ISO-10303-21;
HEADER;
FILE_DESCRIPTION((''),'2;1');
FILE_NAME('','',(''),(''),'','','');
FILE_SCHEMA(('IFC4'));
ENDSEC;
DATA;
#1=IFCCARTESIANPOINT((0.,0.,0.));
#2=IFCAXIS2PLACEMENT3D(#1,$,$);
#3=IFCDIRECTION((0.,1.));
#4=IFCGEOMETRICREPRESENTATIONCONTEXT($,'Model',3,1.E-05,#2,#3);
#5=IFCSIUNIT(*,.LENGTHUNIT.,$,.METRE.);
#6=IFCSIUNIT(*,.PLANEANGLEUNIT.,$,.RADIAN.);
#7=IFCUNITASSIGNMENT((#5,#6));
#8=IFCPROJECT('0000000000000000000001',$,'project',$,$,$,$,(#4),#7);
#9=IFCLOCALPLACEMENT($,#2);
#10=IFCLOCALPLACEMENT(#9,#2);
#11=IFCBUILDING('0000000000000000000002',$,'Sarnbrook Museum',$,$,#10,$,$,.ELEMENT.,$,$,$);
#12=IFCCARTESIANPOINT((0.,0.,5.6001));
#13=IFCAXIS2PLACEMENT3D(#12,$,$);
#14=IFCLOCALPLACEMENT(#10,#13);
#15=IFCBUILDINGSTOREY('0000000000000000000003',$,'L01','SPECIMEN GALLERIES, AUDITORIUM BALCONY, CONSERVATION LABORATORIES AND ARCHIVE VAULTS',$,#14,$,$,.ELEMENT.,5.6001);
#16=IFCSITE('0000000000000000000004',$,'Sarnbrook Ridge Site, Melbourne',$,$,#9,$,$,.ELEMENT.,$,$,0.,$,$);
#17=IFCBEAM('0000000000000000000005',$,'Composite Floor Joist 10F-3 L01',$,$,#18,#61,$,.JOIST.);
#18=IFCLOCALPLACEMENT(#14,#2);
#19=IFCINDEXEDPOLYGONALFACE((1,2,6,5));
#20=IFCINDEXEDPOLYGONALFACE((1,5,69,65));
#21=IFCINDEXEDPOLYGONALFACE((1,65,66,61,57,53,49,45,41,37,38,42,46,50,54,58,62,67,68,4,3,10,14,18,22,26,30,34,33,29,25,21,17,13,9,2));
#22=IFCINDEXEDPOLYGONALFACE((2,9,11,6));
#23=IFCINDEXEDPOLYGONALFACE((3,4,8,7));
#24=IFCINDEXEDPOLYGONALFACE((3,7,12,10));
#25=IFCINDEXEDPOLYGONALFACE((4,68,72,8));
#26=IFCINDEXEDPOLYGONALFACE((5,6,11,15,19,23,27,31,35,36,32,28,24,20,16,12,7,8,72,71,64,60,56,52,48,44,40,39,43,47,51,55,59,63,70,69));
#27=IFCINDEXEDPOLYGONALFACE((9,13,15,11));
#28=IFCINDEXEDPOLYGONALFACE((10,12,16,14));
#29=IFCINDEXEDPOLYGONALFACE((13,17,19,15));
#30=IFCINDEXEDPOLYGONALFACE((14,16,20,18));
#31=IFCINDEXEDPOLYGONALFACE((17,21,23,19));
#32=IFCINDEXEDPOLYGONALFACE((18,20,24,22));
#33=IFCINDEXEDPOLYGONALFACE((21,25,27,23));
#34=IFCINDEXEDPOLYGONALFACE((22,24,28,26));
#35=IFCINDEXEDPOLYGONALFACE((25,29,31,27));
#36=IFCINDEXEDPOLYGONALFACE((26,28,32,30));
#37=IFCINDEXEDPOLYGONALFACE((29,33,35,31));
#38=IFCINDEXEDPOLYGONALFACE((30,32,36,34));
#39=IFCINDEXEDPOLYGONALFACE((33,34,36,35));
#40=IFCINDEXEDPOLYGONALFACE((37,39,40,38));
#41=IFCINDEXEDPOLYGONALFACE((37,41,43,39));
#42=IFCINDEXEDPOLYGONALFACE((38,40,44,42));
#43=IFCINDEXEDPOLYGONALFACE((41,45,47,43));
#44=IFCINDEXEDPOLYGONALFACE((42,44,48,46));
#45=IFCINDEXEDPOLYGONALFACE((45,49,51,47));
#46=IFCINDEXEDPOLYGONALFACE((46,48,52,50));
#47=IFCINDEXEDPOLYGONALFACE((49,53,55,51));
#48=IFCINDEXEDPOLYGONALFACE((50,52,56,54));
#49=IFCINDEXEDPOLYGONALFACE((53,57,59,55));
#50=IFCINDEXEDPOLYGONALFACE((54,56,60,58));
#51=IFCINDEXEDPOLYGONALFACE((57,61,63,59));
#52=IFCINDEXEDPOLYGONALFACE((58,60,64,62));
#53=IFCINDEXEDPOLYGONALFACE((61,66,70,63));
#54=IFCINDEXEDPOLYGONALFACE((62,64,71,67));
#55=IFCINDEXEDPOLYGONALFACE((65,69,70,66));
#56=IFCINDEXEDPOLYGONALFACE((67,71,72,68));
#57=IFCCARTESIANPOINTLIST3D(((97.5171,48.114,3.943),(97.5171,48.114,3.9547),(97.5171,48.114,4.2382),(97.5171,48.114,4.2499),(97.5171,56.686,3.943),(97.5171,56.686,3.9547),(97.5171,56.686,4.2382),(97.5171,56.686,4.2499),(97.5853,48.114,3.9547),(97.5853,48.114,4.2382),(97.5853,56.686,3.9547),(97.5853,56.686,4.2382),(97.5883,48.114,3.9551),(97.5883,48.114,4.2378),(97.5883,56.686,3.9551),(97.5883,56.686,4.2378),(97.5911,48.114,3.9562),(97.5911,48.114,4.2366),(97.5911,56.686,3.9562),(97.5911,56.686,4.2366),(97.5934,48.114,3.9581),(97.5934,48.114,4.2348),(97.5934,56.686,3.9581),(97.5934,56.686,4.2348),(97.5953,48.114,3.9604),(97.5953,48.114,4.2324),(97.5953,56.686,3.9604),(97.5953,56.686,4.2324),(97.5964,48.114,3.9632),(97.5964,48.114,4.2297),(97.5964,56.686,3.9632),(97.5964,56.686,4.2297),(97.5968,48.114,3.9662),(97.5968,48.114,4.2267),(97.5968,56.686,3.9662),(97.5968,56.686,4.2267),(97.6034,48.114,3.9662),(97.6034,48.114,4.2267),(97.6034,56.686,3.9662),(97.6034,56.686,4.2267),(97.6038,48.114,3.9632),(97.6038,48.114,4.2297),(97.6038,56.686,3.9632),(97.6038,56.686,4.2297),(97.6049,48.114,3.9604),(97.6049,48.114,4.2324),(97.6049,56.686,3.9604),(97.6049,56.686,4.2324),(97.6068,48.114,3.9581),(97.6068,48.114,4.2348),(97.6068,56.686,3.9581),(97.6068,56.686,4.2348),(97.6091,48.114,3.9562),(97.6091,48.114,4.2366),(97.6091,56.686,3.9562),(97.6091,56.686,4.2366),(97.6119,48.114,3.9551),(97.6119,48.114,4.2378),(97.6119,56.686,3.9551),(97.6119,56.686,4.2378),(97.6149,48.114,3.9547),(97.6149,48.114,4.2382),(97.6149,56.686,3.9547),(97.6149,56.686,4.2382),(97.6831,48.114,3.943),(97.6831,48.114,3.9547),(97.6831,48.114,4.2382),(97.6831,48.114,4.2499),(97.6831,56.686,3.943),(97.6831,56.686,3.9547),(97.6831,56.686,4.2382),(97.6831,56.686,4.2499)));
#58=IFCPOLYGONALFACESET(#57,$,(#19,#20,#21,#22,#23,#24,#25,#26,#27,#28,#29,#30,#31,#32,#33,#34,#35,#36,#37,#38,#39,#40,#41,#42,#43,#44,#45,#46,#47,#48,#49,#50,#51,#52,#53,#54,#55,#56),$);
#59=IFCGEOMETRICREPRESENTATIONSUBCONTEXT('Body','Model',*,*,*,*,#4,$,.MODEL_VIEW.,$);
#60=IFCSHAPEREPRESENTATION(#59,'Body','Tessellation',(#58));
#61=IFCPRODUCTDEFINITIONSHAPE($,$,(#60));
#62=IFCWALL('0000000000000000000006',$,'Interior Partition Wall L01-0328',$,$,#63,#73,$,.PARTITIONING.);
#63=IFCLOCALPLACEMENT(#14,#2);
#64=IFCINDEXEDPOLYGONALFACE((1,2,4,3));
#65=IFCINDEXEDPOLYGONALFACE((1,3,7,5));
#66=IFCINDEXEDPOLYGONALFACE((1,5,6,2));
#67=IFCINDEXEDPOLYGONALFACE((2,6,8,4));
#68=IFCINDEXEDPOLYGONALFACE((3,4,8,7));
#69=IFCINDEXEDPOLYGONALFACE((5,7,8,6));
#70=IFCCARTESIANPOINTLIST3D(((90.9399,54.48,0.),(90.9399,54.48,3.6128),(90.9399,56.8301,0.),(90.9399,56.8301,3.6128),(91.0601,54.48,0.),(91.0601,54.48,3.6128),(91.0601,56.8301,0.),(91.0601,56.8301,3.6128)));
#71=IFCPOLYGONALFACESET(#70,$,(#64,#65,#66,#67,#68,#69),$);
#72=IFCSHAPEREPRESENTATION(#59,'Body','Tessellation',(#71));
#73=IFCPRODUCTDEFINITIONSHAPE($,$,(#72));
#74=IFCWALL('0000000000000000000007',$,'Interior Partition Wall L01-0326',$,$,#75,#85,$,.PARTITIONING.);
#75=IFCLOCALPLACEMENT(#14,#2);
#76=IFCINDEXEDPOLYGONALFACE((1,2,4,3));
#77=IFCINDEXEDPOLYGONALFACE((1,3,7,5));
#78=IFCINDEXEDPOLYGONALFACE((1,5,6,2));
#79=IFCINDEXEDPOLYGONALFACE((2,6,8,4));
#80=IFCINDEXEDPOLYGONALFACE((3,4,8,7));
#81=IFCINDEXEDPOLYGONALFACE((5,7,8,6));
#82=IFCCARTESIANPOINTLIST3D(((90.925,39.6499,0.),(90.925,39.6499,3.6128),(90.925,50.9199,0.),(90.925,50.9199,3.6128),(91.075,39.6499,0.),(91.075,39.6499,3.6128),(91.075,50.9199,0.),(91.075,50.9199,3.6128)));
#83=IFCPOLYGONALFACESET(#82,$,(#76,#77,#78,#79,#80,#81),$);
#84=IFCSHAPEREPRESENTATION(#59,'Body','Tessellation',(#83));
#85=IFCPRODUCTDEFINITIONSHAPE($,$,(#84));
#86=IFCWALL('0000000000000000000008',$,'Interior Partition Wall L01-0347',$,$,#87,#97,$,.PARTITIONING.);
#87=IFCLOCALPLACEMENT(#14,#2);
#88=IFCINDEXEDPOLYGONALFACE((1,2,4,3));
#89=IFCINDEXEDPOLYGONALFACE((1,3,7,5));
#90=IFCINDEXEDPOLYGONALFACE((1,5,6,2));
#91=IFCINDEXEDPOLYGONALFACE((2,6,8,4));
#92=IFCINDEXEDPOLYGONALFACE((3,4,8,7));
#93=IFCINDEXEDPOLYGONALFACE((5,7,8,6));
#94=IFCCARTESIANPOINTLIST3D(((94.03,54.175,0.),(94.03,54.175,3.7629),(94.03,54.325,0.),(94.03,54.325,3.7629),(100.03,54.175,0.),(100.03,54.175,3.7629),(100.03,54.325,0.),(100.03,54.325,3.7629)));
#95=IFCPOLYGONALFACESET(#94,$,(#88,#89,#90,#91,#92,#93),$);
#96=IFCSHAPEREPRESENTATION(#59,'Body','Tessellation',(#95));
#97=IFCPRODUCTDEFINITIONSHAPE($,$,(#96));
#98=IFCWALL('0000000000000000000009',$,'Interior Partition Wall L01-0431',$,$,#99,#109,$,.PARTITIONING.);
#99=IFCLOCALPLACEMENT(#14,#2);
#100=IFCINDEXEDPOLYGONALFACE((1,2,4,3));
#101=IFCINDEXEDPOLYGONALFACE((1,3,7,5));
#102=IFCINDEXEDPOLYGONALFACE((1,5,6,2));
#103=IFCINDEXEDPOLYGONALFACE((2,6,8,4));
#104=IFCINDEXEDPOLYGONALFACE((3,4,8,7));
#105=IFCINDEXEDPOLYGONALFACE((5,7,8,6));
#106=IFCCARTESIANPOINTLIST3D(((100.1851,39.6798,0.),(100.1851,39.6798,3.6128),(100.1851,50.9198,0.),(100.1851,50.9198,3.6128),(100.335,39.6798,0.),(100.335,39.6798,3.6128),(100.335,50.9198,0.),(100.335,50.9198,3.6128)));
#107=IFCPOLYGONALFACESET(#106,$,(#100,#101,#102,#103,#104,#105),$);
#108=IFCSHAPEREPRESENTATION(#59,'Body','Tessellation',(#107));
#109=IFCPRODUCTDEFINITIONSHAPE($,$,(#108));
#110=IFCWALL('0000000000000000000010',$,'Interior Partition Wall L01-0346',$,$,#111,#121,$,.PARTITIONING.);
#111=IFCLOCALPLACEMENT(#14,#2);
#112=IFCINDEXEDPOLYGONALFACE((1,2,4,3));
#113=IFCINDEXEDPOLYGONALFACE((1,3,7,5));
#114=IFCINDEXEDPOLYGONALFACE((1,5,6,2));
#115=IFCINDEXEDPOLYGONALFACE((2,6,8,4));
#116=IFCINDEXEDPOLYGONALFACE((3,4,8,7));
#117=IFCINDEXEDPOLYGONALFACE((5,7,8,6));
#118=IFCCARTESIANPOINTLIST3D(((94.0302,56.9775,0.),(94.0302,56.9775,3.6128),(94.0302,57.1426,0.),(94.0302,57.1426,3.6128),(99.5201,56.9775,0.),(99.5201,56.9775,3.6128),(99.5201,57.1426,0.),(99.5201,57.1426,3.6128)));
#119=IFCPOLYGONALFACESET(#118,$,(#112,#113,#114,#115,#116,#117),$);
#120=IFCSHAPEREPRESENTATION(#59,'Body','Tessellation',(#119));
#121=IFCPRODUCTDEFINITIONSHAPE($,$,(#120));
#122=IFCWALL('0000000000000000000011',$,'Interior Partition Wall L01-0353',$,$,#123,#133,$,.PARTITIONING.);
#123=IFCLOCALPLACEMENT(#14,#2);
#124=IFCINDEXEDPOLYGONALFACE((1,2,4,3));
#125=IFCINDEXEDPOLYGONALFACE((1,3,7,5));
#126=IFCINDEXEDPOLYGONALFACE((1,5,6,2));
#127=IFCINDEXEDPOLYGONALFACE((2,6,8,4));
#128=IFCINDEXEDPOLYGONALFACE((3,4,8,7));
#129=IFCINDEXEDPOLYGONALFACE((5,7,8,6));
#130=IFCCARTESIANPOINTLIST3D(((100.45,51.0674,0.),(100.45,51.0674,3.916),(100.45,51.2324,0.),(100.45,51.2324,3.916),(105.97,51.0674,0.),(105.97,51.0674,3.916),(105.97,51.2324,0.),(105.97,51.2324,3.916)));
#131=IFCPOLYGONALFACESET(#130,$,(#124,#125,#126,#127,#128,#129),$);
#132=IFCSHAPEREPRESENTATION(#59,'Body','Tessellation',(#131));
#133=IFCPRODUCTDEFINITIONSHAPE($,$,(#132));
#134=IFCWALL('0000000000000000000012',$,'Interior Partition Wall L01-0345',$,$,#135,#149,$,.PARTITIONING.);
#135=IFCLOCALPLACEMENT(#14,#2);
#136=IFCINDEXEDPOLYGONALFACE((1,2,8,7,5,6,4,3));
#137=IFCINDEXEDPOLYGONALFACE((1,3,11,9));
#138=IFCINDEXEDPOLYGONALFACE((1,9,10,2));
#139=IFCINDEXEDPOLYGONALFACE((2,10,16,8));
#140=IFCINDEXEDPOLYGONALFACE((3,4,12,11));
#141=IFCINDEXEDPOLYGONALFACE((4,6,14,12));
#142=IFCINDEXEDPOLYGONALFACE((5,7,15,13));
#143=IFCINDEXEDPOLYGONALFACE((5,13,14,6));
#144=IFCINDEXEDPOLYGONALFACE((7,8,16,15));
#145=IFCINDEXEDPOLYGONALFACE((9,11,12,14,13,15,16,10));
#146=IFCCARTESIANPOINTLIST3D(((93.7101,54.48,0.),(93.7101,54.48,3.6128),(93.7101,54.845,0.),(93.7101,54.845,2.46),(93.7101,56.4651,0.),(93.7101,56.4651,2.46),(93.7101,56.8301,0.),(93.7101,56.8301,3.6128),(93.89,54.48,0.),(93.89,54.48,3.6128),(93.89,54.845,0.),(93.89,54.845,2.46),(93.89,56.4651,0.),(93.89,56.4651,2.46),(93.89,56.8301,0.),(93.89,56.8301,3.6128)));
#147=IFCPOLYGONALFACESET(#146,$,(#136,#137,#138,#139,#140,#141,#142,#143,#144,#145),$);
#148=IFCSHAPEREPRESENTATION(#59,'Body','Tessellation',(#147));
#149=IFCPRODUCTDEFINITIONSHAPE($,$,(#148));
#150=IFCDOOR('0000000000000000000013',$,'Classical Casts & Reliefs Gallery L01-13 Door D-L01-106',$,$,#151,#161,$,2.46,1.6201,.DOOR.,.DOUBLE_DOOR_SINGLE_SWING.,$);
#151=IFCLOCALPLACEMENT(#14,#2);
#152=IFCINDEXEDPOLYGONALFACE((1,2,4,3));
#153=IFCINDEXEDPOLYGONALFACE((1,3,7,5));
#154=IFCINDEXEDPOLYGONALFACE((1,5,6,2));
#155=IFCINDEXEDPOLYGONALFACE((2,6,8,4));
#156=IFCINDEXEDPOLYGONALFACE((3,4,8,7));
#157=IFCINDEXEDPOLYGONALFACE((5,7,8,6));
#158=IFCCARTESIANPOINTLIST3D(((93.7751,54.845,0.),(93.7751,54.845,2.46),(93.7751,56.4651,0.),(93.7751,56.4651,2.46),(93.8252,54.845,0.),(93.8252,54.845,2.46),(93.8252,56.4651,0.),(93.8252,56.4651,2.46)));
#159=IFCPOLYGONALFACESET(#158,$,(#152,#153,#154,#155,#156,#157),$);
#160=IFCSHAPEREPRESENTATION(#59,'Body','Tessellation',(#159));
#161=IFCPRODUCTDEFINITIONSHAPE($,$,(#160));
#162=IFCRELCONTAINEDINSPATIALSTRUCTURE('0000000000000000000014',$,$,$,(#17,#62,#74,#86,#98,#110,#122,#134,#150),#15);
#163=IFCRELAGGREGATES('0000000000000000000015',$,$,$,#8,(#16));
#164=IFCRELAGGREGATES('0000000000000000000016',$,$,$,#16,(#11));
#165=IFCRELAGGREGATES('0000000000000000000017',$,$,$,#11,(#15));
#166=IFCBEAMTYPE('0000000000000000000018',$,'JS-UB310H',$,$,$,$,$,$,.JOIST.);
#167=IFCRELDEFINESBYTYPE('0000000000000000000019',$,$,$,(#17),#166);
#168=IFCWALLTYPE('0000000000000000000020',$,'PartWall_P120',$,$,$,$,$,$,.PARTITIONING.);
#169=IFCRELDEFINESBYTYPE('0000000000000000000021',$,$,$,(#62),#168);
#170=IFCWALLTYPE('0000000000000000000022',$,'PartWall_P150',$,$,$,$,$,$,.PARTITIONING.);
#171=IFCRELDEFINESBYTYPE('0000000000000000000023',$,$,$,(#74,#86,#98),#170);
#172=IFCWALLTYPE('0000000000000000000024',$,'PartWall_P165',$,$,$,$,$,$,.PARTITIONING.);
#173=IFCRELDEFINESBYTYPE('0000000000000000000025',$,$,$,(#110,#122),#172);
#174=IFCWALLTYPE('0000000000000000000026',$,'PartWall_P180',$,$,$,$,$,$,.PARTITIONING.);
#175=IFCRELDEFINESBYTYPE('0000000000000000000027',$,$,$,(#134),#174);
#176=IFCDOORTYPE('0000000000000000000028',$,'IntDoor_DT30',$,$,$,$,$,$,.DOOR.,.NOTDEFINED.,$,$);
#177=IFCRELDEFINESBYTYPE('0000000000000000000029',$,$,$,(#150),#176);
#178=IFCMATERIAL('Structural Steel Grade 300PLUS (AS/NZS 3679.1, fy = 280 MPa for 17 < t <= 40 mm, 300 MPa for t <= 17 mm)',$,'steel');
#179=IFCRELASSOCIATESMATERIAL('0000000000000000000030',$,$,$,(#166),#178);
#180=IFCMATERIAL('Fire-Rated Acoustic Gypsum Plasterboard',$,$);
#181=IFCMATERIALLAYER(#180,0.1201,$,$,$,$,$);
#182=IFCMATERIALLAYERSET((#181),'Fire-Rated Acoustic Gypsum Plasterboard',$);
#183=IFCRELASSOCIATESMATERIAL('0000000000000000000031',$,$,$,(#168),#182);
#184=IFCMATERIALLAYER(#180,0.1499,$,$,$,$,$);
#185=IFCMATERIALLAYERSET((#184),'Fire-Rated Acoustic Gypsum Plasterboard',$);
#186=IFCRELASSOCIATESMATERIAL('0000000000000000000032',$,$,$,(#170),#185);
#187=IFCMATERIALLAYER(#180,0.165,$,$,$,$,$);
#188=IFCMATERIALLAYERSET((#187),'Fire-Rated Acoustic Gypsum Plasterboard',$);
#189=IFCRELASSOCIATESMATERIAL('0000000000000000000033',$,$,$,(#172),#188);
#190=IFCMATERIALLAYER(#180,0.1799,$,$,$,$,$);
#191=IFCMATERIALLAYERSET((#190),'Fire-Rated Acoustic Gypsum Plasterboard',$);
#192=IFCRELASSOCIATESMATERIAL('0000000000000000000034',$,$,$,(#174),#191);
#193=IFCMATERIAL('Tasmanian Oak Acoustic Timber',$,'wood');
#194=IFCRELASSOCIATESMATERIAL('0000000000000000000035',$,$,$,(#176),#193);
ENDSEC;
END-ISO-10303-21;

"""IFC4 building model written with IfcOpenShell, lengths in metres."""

from ifc_helpers import new_model, si_unit, direction, frame, frame_2d, origin, origin_2d, place, context, subcontext, project, spatial, rectangle, i_section, extrude, material, layer, layer_set, material_profile, profile_set, type_object, element, fill, save


model = new_model("IFC4")

# Units and contexts
model_context = context("Model", 3, precision=1e-05, world=origin(), true_north=direction((0.0, 1.0)))
body_context = subcontext(model_context, "Body", "Model", "MODEL_VIEW")
ifc_project = project(units=[si_unit("LENGTHUNIT", "METRE"), si_unit("PLANEANGLEUNIT", "RADIAN")], contexts=[model_context])

# Site, building, storey
site_placement = place(None, origin())
site = spatial("IfcSite", under=ifc_project, at=site_placement, Name="Sarnbrook Ridge Site, Melbourne", CompositionType="ELEMENT", RefElevation=0.0)
building_placement = place(site_placement, origin())
building = spatial("IfcBuilding", under=site, at=building_placement, Name="Sarnbrook Museum", CompositionType="ELEMENT")
storey_placement = place(building_placement, frame((0.0, 0.0, 5.6001)))
storey = spatial("IfcBuildingStorey", under=building, at=storey_placement, Name="L01", Description="SPECIMEN GALLERIES, AUDITORIUM BALCONY, CONSERVATION LABORATORIES AND ARCHIVE VAULTS", CompositionType="ELEMENT", Elevation=5.6001)

# Shared definitions
ifc_material_1 = material(Name="Structural Steel Grade 300PLUS (AS/NZS 3679.1, fy = 280 MPa for 17 < t <= 40 mm, 300 MPa for t <= 17 mm)", Category="steel")

# Beam
ifc_material_profile_1 = material_profile(ifc_material_1, i_section(OverallWidth=0.166, OverallDepth=0.3069, WebThickness=0.0066, FlangeThickness=0.0117, FilletRadius=0.0115, at=origin_2d()), Name="310UB46.2")
ifc_profile_set_1 = profile_set([ifc_material_profile_1], Name="Structural Steel Grade 300PLUS (AS/NZS 3679.1, fy = 280 MPa for 17 < t <= 40 mm, 300 MPa for t <= 17 mm)")
beam_type_1 = type_object("IfcBeamType", Name="JS-UB310H", PredefinedType="JOIST", material=ifc_profile_set_1)
for number, where, z_axis, x_axis, name in (
    (1, (97.6001, 48.114, 4.0964), (0.0, 1.0, 0.0), (-1.0, 0.0, 0.0), "Composite Floor Joist 10F-3 L01"),
):
    element("IfcBeam", number, at=place(storey_placement, frame(where, z_axis=z_axis, x_axis=x_axis)), inside=storey, type_object=beam_type_1, Name=name, PredefinedType="JOIST", context=body_context, shape_type="SweptSolid", body=[
        extrude(i_section(OverallWidth=0.166, OverallDepth=0.3069, WebThickness=0.0066, FlangeThickness=0.0117, FilletRadius=0.0115, at=origin_2d()), origin(), (0.0, 0.0, 1.0), 8.572),
    ])

# Walls
ifc_material_2 = material(Name="Fire-Rated Acoustic Gypsum Plasterboard")
ifc_layer_1 = layer(ifc_material_2, 0.1201)
ifc_layer_set_1 = layer_set([ifc_layer_1], Name="Fire-Rated Acoustic Gypsum Plasterboard")
wall_type_1 = type_object("IfcWallType", Name="PartWall_P120", PredefinedType="PARTITIONING", material=ifc_layer_set_1)
wall_1_placement = place(storey_placement, frame((91.0, 56.8301, 0.0), z_axis=(0.0, 0.0, 1.0), x_axis=(0.0, -1.0, 0.0)))
element("IfcWall", 2, at=wall_1_placement, inside=storey, type_object=wall_type_1, Name="Interior Partition Wall L01-0328", PredefinedType="PARTITIONING", context=body_context, shape_type="SweptSolid", body=[
    extrude(rectangle(XDim=2.3501, YDim=0.1201, at=frame_2d((1.175, 0.0))), origin(), (0.0, 0.0, 1.0), 3.6128),
])
ifc_layer_2 = layer(ifc_material_2, 0.1499)
ifc_layer_set_2 = layer_set([ifc_layer_2], Name="Fire-Rated Acoustic Gypsum Plasterboard")
wall_type_2 = type_object("IfcWallType", Name="PartWall_P150", PredefinedType="PARTITIONING", material=ifc_layer_set_2)
wall_2_placement = place(storey_placement, frame((91.0, 50.9199, 0.0), z_axis=(0.0, 0.0, 1.0), x_axis=(0.0, -1.0, 0.0)))
element("IfcWall", 3, at=wall_2_placement, inside=storey, type_object=wall_type_2, Name="Interior Partition Wall L01-0326", PredefinedType="PARTITIONING", context=body_context, shape_type="SweptSolid", body=[
    extrude(rectangle(XDim=11.27, YDim=0.1499, at=frame_2d((5.635, 0.0))), origin(), (0.0, 0.0, 1.0), 3.6128),
])
wall_3_placement = place(storey_placement, frame((100.03, 54.25, 0.0), z_axis=(0.0, 0.0, 1.0), x_axis=(-1.0, 0.0, 0.0)))
element("IfcWall", 4, at=wall_3_placement, inside=storey, type_object=wall_type_2, Name="Interior Partition Wall L01-0347", PredefinedType="PARTITIONING", context=body_context, shape_type="SweptSolid", body=[
    extrude(rectangle(XDim=6.0, YDim=0.1499, at=frame_2d((3.0, 0.0))), origin(), (0.0, 0.0, 1.0), 3.7629),
])
wall_4_placement = place(storey_placement, frame((100.26, 50.9199, 0.0), z_axis=(0.0, 0.0, 1.0), x_axis=(0.0, -1.0, 0.0)))
element("IfcWall", 5, at=wall_4_placement, inside=storey, type_object=wall_type_2, Name="Interior Partition Wall L01-0431", PredefinedType="PARTITIONING", context=body_context, shape_type="SweptSolid", body=[
    extrude(rectangle(XDim=11.24, YDim=0.1499, at=frame_2d((5.6201, 0.0))), origin(), (0.0, 0.0, 1.0), 3.6128),
])
ifc_layer_3 = layer(ifc_material_2, 0.165)
ifc_layer_set_3 = layer_set([ifc_layer_3], Name="Fire-Rated Acoustic Gypsum Plasterboard")
wall_type_3 = type_object("IfcWallType", Name="PartWall_P165", PredefinedType="PARTITIONING", material=ifc_layer_set_3)
wall_5_placement = place(storey_placement, frame((94.03, 57.0601, 0.0), z_axis=(0.0, 0.0, 1.0), x_axis=(1.0, 0.0, 0.0)))
element("IfcWall", 6, at=wall_5_placement, inside=storey, type_object=wall_type_3, Name="Interior Partition Wall L01-0346", PredefinedType="PARTITIONING", context=body_context, shape_type="SweptSolid", body=[
    extrude(rectangle(XDim=5.49, YDim=0.165, at=frame_2d((2.7451, 0.0))), origin(), (0.0, 0.0, 1.0), 3.6128),
])
wall_6_placement = place(storey_placement, frame((100.45, 51.1499, 0.0), z_axis=(0.0, 0.0, 1.0), x_axis=(1.0, 0.0, 0.0)))
element("IfcWall", 7, at=wall_6_placement, inside=storey, type_object=wall_type_3, Name="Interior Partition Wall L01-0353", PredefinedType="PARTITIONING", context=body_context, shape_type="SweptSolid", body=[
    extrude(rectangle(XDim=5.52, YDim=0.165, at=frame_2d((2.76, 0.0))), origin(), (0.0, 0.0, 1.0), 3.916),
])

# Wall, opening, door
ifc_layer_4 = layer(ifc_material_2, 0.1799)
ifc_layer_set_4 = layer_set([ifc_layer_4], Name="Fire-Rated Acoustic Gypsum Plasterboard")
wall_type_4 = type_object("IfcWallType", Name="PartWall_P180", PredefinedType="PARTITIONING", material=ifc_layer_set_4)
wall_7_placement = place(storey_placement, frame((93.8, 54.48, 0.0), z_axis=(0.0, 0.0, 1.0), x_axis=(0.0, 1.0, 0.0)))
wall_7 = element("IfcWall", 8, at=wall_7_placement, inside=storey, type_object=wall_type_4, Name="Interior Partition Wall L01-0345", PredefinedType="PARTITIONING", context=body_context, shape_type="SweptSolid", body=[
    extrude(rectangle(XDim=2.3501, YDim=0.1799, at=frame_2d((1.175, 0.0))), origin(), (0.0, 0.0, 1.0), 3.6128),
])
opening_1_placement = place(wall_7_placement, frame((0.365, 0.0, 0.0)))
opening_1 = element("IfcOpeningElement", 9, at=opening_1_placement, cuts=wall_7, PredefinedType="OPENING", context=body_context, shape_type="SweptSolid", body=[
    extrude(rectangle(XDim=1.6201, YDim=2.46, at=frame_2d((0.8101, 1.23))), frame((0.0, 0.1001, 0.0), z_axis=(0.0, -1.0, 0.0), x_axis=(1.0, 0.0, 0.0)), (0.0, 0.0, 1.0), 0.2),
])
ifc_material_3 = material(Name="Tasmanian Oak Acoustic Timber", Category="wood")
door_type_1 = type_object("IfcDoorType", Name="IntDoor_DT30", OperationType="NOTDEFINED", PredefinedType="DOOR", material=ifc_material_3)
door_1_placement = place(opening_1_placement, origin())
door_1 = element("IfcDoor", 10, at=door_1_placement, inside=storey, type_object=door_type_1, Name="Classical Casts & Reliefs Gallery L01-13 Door D-L01-106", OperationType="DOUBLE_DOOR_SINGLE_SWING", OverallHeight=2.46, OverallWidth=1.6201, PredefinedType="DOOR", context=body_context, shape_type="SweptSolid", body=[
    extrude(rectangle(XDim=1.6201, YDim=2.46, at=frame_2d((0.8101, 1.23))), frame((0.0, 0.0249, 0.0), z_axis=(0.0, -1.0, 0.0), x_axis=(1.0, 0.0, 0.0)), (0.0, 0.0, 1.0), 0.05),
])
fill(opening_1, door_1)

save(model, "model.ifc")
